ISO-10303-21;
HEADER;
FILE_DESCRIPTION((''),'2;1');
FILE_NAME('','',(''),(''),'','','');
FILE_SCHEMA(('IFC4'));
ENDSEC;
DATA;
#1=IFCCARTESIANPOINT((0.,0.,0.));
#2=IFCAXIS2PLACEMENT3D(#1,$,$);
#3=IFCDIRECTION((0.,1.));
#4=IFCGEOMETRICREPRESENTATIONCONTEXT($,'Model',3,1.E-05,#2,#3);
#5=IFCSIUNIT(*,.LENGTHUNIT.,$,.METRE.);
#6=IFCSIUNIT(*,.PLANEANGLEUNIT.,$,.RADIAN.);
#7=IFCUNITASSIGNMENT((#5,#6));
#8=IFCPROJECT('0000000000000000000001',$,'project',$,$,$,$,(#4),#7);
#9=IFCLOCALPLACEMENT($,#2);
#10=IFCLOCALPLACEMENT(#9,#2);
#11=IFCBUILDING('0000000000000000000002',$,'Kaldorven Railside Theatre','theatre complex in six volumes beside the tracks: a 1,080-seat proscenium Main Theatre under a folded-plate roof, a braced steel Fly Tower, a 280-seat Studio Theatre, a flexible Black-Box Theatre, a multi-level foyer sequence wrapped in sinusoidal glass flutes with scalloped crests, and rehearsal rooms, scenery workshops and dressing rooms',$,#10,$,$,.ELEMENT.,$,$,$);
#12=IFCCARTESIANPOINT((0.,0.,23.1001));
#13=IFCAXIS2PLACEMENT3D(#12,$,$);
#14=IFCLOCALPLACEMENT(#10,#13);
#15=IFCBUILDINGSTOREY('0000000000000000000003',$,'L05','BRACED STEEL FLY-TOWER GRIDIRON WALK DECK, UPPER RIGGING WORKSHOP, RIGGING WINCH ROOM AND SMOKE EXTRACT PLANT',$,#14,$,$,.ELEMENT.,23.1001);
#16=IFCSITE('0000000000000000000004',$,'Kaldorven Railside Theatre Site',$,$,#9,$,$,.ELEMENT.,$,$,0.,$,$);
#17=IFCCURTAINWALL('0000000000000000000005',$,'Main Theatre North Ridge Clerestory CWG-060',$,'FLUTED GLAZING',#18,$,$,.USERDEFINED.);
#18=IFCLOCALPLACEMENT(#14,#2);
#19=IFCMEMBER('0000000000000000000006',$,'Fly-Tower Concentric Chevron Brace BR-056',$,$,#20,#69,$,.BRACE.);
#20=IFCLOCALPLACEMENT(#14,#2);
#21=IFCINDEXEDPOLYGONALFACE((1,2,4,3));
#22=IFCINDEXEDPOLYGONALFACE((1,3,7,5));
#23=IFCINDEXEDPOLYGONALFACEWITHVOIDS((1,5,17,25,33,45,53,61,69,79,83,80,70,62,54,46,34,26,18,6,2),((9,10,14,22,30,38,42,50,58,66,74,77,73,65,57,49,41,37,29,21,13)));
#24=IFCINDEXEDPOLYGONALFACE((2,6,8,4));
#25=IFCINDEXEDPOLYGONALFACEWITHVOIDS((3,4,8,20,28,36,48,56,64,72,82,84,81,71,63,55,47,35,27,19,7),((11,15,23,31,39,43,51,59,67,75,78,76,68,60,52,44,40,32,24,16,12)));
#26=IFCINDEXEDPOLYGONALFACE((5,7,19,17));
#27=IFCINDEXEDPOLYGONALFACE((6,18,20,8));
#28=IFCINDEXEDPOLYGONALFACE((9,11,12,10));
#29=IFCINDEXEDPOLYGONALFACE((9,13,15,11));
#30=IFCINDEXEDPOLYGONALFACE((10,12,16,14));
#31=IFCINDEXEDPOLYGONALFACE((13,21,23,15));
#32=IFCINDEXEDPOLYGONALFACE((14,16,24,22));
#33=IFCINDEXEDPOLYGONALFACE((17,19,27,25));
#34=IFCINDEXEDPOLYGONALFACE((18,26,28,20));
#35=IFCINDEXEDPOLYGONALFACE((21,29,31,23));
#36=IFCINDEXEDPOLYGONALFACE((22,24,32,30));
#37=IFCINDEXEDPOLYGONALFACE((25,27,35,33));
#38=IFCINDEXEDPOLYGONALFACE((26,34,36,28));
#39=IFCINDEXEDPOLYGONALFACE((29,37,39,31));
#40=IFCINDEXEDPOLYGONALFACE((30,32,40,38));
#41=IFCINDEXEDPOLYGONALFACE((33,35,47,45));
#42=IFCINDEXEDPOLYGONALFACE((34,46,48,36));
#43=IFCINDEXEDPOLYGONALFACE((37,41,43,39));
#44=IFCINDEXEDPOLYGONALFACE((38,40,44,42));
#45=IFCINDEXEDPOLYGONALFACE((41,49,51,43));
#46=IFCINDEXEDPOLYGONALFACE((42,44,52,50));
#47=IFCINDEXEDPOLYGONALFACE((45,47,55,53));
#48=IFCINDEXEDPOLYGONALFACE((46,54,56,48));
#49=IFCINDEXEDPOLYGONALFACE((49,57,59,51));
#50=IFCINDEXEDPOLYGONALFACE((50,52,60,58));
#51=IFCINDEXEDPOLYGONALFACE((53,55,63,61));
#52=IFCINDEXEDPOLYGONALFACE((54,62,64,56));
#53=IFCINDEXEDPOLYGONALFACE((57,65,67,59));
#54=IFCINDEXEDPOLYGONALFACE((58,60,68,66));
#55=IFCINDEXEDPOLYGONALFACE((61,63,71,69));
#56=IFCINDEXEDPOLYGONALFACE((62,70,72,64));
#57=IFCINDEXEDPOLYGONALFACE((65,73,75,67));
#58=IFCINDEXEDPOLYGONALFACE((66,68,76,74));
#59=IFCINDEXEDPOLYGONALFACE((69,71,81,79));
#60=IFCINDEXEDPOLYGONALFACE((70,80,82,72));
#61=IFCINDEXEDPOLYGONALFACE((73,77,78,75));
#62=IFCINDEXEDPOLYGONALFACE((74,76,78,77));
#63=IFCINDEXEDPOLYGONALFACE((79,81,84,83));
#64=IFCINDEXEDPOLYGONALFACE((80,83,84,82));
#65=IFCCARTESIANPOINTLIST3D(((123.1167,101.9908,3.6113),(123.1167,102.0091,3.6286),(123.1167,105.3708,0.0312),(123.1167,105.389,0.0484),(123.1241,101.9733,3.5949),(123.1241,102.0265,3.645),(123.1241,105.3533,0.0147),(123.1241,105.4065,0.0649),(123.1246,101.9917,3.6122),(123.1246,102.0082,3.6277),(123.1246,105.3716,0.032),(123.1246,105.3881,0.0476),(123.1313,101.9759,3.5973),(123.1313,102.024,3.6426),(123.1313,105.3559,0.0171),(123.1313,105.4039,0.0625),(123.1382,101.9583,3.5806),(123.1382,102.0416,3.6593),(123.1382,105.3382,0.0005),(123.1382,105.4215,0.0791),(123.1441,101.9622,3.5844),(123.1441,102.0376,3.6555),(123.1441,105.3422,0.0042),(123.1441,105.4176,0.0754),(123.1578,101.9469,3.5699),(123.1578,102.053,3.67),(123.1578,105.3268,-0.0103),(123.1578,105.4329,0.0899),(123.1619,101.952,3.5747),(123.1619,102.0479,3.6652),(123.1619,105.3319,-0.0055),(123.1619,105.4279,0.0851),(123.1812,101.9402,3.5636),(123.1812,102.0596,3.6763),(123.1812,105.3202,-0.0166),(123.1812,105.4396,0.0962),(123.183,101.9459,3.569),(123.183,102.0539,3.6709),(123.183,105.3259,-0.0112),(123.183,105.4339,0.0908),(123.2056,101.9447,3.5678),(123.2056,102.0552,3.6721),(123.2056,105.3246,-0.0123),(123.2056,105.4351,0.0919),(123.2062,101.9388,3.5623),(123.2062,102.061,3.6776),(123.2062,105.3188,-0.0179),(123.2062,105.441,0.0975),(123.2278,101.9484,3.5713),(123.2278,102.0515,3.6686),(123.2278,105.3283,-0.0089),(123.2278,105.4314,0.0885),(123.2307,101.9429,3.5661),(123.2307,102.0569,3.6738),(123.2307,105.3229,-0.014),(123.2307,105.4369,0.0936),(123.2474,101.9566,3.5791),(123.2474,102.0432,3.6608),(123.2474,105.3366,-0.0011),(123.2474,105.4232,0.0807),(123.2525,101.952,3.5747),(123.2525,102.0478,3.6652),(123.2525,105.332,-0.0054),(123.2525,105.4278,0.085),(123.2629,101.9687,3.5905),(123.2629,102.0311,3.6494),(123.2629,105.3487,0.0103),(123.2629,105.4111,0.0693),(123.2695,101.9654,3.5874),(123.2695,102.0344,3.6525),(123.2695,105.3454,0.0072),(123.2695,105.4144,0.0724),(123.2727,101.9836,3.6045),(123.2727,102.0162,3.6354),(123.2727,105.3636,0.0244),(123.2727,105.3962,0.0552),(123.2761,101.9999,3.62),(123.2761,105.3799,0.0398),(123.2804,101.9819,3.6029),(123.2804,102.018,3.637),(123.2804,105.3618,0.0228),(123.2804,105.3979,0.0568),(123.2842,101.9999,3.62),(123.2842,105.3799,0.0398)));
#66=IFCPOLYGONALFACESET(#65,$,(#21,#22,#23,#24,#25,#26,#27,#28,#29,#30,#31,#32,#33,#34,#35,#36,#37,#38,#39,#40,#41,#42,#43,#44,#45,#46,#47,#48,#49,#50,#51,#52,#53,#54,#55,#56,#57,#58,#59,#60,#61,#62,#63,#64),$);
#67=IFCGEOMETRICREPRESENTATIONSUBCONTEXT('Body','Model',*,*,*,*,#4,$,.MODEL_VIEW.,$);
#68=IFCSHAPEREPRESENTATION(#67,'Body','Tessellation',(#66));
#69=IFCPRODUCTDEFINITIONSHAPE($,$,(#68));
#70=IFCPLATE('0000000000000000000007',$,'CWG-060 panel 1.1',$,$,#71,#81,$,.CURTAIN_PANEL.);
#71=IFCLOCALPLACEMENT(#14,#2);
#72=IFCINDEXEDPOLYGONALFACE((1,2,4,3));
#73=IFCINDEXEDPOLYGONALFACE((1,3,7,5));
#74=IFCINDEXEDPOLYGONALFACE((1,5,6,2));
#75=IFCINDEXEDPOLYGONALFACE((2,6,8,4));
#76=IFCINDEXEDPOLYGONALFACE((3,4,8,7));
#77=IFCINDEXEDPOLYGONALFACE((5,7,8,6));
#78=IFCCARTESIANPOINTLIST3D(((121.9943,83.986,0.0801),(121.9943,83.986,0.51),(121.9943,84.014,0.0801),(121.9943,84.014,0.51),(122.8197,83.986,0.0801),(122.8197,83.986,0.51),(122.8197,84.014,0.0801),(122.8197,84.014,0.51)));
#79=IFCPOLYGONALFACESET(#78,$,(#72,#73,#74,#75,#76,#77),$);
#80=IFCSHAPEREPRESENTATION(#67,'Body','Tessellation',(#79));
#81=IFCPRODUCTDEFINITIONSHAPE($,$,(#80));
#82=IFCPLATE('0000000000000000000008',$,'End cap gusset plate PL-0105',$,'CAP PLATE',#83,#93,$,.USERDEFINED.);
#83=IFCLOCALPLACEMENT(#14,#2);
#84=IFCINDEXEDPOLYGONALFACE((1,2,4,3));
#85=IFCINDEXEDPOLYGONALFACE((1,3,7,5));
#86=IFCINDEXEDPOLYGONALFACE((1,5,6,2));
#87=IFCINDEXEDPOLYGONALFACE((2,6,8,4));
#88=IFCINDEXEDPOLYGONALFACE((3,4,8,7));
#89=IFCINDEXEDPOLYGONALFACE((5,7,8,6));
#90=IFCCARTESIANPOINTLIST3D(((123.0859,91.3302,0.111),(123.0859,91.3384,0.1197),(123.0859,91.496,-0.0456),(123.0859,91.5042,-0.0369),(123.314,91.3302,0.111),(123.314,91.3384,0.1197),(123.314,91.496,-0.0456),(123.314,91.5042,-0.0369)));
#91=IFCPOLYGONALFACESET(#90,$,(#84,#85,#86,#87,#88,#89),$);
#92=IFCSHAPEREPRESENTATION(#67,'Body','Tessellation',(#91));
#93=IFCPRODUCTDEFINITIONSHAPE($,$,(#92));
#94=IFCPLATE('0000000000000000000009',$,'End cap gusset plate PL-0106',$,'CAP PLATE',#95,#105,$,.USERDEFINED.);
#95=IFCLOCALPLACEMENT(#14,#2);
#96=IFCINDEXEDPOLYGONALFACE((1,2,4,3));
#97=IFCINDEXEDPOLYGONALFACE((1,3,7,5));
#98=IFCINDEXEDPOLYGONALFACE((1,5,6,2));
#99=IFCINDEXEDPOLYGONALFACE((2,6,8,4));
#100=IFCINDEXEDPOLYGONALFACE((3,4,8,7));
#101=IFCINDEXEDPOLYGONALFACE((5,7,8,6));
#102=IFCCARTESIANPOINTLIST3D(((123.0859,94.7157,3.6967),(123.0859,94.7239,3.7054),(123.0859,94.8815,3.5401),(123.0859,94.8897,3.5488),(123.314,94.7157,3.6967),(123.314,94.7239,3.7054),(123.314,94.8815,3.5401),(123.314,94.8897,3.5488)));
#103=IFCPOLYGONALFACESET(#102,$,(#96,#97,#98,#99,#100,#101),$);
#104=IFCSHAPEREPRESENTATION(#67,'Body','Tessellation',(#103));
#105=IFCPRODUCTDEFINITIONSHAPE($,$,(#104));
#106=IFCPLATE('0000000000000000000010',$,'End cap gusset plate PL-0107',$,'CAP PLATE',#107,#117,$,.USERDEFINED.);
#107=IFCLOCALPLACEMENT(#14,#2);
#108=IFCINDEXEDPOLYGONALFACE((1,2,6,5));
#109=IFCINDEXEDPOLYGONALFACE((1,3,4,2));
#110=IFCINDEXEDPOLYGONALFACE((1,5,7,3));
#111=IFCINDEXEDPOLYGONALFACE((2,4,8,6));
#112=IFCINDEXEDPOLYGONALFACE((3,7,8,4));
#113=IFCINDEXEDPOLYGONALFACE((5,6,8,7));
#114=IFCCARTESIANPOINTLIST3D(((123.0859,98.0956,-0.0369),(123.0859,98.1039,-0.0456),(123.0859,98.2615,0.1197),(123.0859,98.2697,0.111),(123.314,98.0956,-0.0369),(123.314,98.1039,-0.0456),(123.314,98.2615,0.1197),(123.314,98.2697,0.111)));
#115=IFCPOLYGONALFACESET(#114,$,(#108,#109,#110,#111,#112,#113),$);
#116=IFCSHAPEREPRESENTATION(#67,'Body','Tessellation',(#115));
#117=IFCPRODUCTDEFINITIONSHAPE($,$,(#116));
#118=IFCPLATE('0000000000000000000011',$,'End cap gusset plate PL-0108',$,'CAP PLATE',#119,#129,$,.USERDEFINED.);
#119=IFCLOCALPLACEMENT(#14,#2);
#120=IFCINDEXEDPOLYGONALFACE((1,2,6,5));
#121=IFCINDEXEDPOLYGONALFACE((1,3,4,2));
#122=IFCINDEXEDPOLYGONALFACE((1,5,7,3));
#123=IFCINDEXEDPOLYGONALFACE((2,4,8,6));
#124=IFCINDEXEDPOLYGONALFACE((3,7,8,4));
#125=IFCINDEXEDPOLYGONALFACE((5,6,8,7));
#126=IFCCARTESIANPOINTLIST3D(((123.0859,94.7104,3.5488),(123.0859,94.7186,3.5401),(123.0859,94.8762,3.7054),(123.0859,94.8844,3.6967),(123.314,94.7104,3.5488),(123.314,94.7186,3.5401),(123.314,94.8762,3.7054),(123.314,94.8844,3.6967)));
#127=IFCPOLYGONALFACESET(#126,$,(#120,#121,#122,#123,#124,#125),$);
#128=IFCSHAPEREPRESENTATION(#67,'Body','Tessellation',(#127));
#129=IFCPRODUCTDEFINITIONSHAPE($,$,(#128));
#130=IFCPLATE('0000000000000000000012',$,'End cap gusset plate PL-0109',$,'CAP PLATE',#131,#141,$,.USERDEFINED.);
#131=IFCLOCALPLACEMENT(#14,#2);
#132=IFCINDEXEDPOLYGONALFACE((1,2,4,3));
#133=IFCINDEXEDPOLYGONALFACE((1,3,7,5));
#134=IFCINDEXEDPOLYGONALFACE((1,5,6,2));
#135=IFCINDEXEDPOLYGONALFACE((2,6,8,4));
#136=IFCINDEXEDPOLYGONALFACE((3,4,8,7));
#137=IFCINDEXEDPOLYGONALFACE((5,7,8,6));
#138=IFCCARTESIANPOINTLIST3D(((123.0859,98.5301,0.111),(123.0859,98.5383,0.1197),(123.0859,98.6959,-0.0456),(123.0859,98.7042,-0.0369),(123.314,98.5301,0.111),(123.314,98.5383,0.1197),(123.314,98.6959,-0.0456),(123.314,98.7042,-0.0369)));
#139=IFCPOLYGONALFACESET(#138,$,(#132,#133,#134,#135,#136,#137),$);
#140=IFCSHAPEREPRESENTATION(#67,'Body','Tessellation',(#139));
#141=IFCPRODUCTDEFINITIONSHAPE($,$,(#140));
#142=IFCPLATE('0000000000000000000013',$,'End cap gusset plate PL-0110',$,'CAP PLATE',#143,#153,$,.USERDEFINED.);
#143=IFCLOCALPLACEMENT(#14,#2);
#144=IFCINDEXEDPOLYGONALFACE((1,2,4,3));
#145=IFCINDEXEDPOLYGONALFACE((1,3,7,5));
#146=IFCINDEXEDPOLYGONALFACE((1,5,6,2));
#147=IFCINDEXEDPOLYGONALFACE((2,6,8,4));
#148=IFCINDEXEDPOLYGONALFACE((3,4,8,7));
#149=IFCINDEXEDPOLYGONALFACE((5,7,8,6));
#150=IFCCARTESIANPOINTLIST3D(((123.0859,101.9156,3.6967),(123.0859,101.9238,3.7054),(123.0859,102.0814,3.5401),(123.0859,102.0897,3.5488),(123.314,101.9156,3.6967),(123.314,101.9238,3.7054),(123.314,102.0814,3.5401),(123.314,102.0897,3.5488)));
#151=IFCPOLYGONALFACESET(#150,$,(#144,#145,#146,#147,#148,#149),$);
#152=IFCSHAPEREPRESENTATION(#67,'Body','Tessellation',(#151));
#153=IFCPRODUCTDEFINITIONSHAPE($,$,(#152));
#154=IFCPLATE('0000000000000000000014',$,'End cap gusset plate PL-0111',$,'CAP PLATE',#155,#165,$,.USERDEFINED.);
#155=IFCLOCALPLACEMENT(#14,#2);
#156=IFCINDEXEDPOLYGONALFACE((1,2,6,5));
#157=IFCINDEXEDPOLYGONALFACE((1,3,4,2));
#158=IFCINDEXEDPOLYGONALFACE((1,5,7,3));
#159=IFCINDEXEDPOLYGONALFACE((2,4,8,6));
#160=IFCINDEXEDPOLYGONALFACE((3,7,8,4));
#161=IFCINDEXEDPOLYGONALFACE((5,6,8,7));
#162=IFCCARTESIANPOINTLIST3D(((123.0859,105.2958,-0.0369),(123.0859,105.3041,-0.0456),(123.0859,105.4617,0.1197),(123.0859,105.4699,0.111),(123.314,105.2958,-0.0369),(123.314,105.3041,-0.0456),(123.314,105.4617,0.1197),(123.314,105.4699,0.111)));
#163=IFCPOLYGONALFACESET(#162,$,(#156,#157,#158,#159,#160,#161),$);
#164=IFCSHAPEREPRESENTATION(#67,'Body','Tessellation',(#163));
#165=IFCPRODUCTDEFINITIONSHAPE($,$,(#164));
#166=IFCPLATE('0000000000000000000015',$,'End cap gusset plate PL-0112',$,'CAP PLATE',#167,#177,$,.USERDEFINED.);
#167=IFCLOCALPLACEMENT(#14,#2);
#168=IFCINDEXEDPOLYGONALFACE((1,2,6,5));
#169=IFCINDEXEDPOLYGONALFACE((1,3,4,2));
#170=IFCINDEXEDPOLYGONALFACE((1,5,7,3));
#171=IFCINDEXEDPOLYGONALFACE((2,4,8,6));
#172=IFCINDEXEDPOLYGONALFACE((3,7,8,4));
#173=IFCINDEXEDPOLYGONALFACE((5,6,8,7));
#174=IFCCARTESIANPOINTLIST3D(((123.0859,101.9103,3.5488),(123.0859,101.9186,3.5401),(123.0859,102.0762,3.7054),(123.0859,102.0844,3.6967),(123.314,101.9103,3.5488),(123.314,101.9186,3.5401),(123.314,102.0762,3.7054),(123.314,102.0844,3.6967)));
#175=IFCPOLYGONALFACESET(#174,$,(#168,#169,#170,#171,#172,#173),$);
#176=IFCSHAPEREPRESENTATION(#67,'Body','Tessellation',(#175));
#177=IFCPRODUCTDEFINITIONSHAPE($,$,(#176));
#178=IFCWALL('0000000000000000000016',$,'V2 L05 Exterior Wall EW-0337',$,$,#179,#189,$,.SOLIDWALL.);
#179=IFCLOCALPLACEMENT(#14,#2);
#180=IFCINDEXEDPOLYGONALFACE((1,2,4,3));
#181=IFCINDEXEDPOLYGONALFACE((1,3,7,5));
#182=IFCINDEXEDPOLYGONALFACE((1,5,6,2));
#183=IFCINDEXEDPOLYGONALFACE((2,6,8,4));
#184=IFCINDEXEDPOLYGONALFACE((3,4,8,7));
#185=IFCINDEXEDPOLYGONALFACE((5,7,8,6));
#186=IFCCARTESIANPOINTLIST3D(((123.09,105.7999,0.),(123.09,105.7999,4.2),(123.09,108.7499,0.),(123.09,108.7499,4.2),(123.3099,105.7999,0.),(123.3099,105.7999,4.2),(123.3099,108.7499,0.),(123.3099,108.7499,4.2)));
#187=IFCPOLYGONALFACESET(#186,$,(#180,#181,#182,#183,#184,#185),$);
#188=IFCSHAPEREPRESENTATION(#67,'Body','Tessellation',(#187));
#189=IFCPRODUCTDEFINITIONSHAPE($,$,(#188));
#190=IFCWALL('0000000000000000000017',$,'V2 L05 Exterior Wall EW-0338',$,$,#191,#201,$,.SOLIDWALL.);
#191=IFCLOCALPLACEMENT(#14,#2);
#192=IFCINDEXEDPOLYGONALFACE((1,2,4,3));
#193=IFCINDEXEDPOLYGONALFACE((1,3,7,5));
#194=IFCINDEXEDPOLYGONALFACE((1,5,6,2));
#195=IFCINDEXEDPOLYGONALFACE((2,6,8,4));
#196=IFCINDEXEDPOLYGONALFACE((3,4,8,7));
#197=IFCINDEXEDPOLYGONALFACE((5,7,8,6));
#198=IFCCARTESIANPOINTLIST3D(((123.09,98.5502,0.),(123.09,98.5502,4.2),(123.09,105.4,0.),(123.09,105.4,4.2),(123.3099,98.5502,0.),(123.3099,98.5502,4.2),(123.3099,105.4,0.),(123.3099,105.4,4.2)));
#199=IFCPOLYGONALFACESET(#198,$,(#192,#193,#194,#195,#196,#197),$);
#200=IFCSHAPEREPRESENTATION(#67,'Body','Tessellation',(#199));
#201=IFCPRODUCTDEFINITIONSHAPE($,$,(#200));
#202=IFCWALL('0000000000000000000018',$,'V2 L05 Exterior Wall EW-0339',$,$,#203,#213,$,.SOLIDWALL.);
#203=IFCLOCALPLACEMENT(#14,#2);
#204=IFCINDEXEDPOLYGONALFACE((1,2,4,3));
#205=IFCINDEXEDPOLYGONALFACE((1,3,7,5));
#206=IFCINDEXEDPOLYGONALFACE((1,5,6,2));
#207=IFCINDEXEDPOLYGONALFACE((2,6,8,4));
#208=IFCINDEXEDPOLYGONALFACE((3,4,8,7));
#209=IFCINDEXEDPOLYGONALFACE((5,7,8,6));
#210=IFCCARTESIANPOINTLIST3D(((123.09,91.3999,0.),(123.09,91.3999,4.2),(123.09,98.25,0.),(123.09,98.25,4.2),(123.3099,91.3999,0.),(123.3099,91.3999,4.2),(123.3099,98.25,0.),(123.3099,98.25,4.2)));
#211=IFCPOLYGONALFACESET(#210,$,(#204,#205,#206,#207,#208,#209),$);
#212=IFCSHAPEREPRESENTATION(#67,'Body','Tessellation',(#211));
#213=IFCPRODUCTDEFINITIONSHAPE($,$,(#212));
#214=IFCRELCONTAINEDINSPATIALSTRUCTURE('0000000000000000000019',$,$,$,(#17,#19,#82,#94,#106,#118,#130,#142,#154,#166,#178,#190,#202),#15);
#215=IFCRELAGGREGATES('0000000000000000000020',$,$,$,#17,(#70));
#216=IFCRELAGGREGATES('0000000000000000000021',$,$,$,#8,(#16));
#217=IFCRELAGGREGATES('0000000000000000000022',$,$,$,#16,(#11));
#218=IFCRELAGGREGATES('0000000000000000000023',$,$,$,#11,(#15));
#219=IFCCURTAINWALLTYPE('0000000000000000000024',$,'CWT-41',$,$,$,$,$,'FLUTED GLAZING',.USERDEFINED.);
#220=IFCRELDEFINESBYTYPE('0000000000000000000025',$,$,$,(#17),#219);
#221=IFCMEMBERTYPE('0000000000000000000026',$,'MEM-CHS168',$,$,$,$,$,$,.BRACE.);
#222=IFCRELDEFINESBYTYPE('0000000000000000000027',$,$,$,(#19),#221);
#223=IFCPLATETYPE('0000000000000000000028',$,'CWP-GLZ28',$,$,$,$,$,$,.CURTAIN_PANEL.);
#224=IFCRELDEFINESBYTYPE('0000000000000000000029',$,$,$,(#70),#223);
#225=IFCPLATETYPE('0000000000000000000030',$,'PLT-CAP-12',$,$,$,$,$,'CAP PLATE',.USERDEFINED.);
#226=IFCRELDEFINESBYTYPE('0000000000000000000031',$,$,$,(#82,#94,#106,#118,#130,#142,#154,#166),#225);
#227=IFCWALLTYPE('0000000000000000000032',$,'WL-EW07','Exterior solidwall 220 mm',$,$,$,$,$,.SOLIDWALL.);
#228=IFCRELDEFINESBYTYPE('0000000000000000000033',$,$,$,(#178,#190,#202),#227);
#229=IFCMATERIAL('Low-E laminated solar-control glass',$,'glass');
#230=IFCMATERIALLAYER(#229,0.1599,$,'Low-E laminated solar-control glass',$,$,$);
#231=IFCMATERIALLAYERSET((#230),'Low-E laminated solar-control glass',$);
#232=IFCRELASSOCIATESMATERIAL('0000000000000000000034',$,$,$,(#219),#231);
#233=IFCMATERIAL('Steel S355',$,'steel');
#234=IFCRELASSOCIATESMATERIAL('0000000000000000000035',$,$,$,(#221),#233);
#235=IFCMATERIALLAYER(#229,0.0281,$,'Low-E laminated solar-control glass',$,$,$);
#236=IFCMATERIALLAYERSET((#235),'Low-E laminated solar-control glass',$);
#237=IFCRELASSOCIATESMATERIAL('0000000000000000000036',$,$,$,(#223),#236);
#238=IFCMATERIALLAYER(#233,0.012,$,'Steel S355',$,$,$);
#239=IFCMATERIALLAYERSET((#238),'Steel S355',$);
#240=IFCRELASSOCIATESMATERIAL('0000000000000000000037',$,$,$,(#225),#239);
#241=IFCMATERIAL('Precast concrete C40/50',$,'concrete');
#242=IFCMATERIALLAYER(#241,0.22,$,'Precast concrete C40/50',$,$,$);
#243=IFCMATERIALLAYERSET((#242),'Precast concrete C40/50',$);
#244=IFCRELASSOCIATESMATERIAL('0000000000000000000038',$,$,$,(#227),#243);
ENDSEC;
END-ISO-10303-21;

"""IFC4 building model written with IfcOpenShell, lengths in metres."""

from ifc_helpers import new_model, si_unit, direction, frame, frame_2d, origin, origin_2d, place, context, subcontext, project, spatial, rectangle, hollow_circle, extrude, material, layer, layer_set, material_profile, profile_set, type_object, element, aggregate, save


model = new_model("IFC4")

# Units and contexts
model_context = context("Model", 3, precision=1e-05, world=origin(), true_north=direction((0.0, 1.0)))
body_context = subcontext(model_context, "Body", "Model", "MODEL_VIEW")
ifc_project = project(units=[si_unit("LENGTHUNIT", "METRE"), si_unit("PLANEANGLEUNIT", "RADIAN")], contexts=[model_context])

# Site, building, storey
site_placement = place(None, origin())
site = spatial("IfcSite", under=ifc_project, at=site_placement, Name="Kaldorven Railside Theatre Site", CompositionType="ELEMENT", RefElevation=0.0)
building_placement = place(site_placement, origin())
building = spatial("IfcBuilding", under=site, at=building_placement, Name="Kaldorven Railside Theatre", Description="theatre complex in six volumes beside the tracks: a 1,080-seat proscenium Main Theatre under a folded-plate roof, a braced steel Fly Tower, a 280-seat Studio Theatre, a flexible Black-Box Theatre, a multi-level foyer sequence wrapped in sinusoidal glass flutes with scalloped crests, and rehearsal rooms, scenery workshops and dressing rooms", CompositionType="ELEMENT")
storey_placement = place(building_placement, frame((0.0, 0.0, 23.1001)))
storey = spatial("IfcBuildingStorey", under=building, at=storey_placement, Name="L05", Description="BRACED STEEL FLY-TOWER GRIDIRON WALK DECK, UPPER RIGGING WORKSHOP, RIGGING WINCH ROOM AND SMOKE EXTRACT PLANT", CompositionType="ELEMENT", Elevation=23.1001)

# Shared definitions
ifc_material_1 = material(Name="Steel S355", Category="steel")

# Curtain wall
ifc_material_2 = material(Name="Low-E laminated solar-control glass", Category="glass")
ifc_layer_1 = layer(ifc_material_2, 0.1599, Name="Low-E laminated solar-control glass")
ifc_layer_set_1 = layer_set([ifc_layer_1], Name="Low-E laminated solar-control glass")
curtain_wall_type = type_object("IfcCurtainWallType", Name="CWT-41", ElementType="FLUTED GLAZING", PredefinedType="USERDEFINED", material=ifc_layer_set_1)
curtain_wall_placement = place(storey_placement, origin())
curtain_wall = element("IfcCurtainWall", 1, at=curtain_wall_placement, inside=storey, type_object=curtain_wall_type, Name="Main Theatre North Ridge Clerestory CWG-060", ObjectType="FLUTED GLAZING", PredefinedType="USERDEFINED")

# Member
ifc_material_profile_1 = material_profile(ifc_material_1, hollow_circle(Radius=0.0842, WallThickness=0.0081, at=origin_2d()), Name="CHS 168.3x8")
ifc_profile_set_1 = profile_set([ifc_material_profile_1], Name="Steel S355")
member_type_1 = type_object("IfcMemberType", Name="MEM-CHS168", PredefinedType="BRACE", material=ifc_profile_set_1)
for number, where, z_axis, x_axis, name in (
    (2, (123.2, 105.3799, 0.0398), (0.0, -0.686484, 0.727145), (1.0, 0.0, 0.0), "Fly-Tower Concentric Chevron Brace BR-056"),
):
    element("IfcMember", number, at=place(storey_placement, frame(where, z_axis=z_axis, x_axis=x_axis)), inside=storey, type_object=member_type_1, Name=name, PredefinedType="BRACE", context=body_context, shape_type="SweptSolid", body=[
        extrude(hollow_circle(Radius=0.0842, WallThickness=0.0081, at=origin_2d()), origin(), (0.0, 0.0, 1.0), 4.9236),
    ])

# Plate
ifc_layer_2 = layer(ifc_material_2, 0.0281, Name="Low-E laminated solar-control glass")
ifc_layer_set_2 = layer_set([ifc_layer_2], Name="Low-E laminated solar-control glass")
plate_type_1 = type_object("IfcPlateType", Name="CWP-GLZ28", PredefinedType="CURTAIN_PANEL", material=ifc_layer_set_2)
plate_placement = place(storey_placement, frame((122.407, 84.0, 0.0801), z_axis=(0.0, 0.0, 1.0), x_axis=(1.0, 0.0, 0.0)))
plate = element("IfcPlate", 3, at=plate_placement, type_object=plate_type_1, Name="CWG-060 panel 1.1", PredefinedType="CURTAIN_PANEL", context=body_context, shape_type="SweptSolid", body=[
    extrude(rectangle(XDim=0.8254, YDim=0.0281, at=origin_2d()), origin(), (0.0, 0.0, 1.0), 0.4299),
])
aggregate(curtain_wall, [plate])

# Plates
ifc_layer_3 = layer(ifc_material_1, 0.012, Name="Steel S355")
ifc_layer_set_3 = layer_set([ifc_layer_3], Name="Steel S355")
plate_type_2 = type_object("IfcPlateType", Name="PLT-CAP-12", ElementType="CAP PLATE", PredefinedType="USERDEFINED", material=ifc_layer_set_3)
for number, where, z_axis, x_axis, name in (
    (4, (123.2, 91.4131, 0.0327), (0.0, 0.686453, 0.727174), (-1.0, 0.0, 0.0), "End cap gusset plate PL-0105"),
    (5, (123.2, 94.7986, 3.6184), (0.0, 0.686453, 0.727174), (-1.0, 0.0, 0.0), "End cap gusset plate PL-0106"),
    (6, (123.2, 98.1868, 0.0327), (0.0, -0.686453, 0.727174), (1.0, 0.0, 0.0), "End cap gusset plate PL-0107"),
    (7, (123.2, 94.8015, 3.6184), (0.0, -0.686453, 0.727174), (1.0, 0.0, 0.0), "End cap gusset plate PL-0108"),
    (8, (123.2, 98.613, 0.0327), (0.0, 0.686453, 0.727174), (-1.0, 0.0, 0.0), "End cap gusset plate PL-0109"),
    (9, (123.2, 101.9985, 3.6184), (0.0, 0.686453, 0.727174), (-1.0, 0.0, 0.0), "End cap gusset plate PL-0110"),
    (10, (123.2, 105.387, 0.0327), (0.0, -0.686453, 0.727174), (1.0, 0.0, 0.0), "End cap gusset plate PL-0111"),
    (11, (123.2, 102.0015, 3.6184), (0.0, -0.686453, 0.727174), (1.0, 0.0, 0.0), "End cap gusset plate PL-0112"),
):
    element("IfcPlate", number, at=place(storey_placement, frame(where, z_axis=z_axis, x_axis=x_axis)), inside=storey, type_object=plate_type_2, Name=name, ObjectType="CAP PLATE", PredefinedType="USERDEFINED", context=body_context, shape_type="SweptSolid", body=[
        extrude(rectangle(XDim=0.228, YDim=0.228, at=origin_2d()), origin(), (0.0, 0.0, 1.0), 0.012),
    ])

# Walls
ifc_material_3 = material(Name="Precast concrete C40/50", Category="concrete")
ifc_layer_4 = layer(ifc_material_3, 0.22, Name="Precast concrete C40/50")
ifc_layer_set_4 = layer_set([ifc_layer_4], Name="Precast concrete C40/50")
wall_type_1 = type_object("IfcWallType", Name="WL-EW07", Description="Exterior solidwall 220 mm", PredefinedType="SOLIDWALL", material=ifc_layer_set_4)
wall_1_placement = place(storey_placement, frame((123.2, 108.75, 0.0), z_axis=(0.0, 0.0, 1.0), x_axis=(0.0, -1.0, 0.0)))
element("IfcWall", 12, at=wall_1_placement, inside=storey, type_object=wall_type_1, Name="V2 L05 Exterior Wall EW-0337", PredefinedType="SOLIDWALL", context=body_context, shape_type="SweptSolid", body=[
    extrude(rectangle(XDim=2.95, YDim=0.22, at=frame_2d((1.4751, 0.0))), origin(), (0.0, 0.0, 1.0), 4.2),
])
wall_2_placement = place(storey_placement, frame((123.2, 105.3999, 0.0), z_axis=(0.0, 0.0, 1.0), x_axis=(0.0, -1.0, 0.0)))
element("IfcWall", 13, at=wall_2_placement, inside=storey, type_object=wall_type_1, Name="V2 L05 Exterior Wall EW-0338", PredefinedType="SOLIDWALL", context=body_context, shape_type="SweptSolid", body=[
    extrude(rectangle(XDim=6.8499, YDim=0.22, at=frame_2d((3.4248, 0.0))), origin(), (0.0, 0.0, 1.0), 4.2),
])
wall_3_placement = place(storey_placement, frame((123.2, 98.25, 0.0), z_axis=(0.0, 0.0, 1.0), x_axis=(0.0, -1.0, 0.0)))
element("IfcWall", 14, at=wall_3_placement, inside=storey, type_object=wall_type_1, Name="V2 L05 Exterior Wall EW-0339", PredefinedType="SOLIDWALL", context=body_context, shape_type="SweptSolid", body=[
    extrude(rectangle(XDim=6.8501, YDim=0.22, at=frame_2d((3.425, 0.0))), origin(), (0.0, 0.0, 1.0), 4.2),
])

save(model, "model.ifc")
